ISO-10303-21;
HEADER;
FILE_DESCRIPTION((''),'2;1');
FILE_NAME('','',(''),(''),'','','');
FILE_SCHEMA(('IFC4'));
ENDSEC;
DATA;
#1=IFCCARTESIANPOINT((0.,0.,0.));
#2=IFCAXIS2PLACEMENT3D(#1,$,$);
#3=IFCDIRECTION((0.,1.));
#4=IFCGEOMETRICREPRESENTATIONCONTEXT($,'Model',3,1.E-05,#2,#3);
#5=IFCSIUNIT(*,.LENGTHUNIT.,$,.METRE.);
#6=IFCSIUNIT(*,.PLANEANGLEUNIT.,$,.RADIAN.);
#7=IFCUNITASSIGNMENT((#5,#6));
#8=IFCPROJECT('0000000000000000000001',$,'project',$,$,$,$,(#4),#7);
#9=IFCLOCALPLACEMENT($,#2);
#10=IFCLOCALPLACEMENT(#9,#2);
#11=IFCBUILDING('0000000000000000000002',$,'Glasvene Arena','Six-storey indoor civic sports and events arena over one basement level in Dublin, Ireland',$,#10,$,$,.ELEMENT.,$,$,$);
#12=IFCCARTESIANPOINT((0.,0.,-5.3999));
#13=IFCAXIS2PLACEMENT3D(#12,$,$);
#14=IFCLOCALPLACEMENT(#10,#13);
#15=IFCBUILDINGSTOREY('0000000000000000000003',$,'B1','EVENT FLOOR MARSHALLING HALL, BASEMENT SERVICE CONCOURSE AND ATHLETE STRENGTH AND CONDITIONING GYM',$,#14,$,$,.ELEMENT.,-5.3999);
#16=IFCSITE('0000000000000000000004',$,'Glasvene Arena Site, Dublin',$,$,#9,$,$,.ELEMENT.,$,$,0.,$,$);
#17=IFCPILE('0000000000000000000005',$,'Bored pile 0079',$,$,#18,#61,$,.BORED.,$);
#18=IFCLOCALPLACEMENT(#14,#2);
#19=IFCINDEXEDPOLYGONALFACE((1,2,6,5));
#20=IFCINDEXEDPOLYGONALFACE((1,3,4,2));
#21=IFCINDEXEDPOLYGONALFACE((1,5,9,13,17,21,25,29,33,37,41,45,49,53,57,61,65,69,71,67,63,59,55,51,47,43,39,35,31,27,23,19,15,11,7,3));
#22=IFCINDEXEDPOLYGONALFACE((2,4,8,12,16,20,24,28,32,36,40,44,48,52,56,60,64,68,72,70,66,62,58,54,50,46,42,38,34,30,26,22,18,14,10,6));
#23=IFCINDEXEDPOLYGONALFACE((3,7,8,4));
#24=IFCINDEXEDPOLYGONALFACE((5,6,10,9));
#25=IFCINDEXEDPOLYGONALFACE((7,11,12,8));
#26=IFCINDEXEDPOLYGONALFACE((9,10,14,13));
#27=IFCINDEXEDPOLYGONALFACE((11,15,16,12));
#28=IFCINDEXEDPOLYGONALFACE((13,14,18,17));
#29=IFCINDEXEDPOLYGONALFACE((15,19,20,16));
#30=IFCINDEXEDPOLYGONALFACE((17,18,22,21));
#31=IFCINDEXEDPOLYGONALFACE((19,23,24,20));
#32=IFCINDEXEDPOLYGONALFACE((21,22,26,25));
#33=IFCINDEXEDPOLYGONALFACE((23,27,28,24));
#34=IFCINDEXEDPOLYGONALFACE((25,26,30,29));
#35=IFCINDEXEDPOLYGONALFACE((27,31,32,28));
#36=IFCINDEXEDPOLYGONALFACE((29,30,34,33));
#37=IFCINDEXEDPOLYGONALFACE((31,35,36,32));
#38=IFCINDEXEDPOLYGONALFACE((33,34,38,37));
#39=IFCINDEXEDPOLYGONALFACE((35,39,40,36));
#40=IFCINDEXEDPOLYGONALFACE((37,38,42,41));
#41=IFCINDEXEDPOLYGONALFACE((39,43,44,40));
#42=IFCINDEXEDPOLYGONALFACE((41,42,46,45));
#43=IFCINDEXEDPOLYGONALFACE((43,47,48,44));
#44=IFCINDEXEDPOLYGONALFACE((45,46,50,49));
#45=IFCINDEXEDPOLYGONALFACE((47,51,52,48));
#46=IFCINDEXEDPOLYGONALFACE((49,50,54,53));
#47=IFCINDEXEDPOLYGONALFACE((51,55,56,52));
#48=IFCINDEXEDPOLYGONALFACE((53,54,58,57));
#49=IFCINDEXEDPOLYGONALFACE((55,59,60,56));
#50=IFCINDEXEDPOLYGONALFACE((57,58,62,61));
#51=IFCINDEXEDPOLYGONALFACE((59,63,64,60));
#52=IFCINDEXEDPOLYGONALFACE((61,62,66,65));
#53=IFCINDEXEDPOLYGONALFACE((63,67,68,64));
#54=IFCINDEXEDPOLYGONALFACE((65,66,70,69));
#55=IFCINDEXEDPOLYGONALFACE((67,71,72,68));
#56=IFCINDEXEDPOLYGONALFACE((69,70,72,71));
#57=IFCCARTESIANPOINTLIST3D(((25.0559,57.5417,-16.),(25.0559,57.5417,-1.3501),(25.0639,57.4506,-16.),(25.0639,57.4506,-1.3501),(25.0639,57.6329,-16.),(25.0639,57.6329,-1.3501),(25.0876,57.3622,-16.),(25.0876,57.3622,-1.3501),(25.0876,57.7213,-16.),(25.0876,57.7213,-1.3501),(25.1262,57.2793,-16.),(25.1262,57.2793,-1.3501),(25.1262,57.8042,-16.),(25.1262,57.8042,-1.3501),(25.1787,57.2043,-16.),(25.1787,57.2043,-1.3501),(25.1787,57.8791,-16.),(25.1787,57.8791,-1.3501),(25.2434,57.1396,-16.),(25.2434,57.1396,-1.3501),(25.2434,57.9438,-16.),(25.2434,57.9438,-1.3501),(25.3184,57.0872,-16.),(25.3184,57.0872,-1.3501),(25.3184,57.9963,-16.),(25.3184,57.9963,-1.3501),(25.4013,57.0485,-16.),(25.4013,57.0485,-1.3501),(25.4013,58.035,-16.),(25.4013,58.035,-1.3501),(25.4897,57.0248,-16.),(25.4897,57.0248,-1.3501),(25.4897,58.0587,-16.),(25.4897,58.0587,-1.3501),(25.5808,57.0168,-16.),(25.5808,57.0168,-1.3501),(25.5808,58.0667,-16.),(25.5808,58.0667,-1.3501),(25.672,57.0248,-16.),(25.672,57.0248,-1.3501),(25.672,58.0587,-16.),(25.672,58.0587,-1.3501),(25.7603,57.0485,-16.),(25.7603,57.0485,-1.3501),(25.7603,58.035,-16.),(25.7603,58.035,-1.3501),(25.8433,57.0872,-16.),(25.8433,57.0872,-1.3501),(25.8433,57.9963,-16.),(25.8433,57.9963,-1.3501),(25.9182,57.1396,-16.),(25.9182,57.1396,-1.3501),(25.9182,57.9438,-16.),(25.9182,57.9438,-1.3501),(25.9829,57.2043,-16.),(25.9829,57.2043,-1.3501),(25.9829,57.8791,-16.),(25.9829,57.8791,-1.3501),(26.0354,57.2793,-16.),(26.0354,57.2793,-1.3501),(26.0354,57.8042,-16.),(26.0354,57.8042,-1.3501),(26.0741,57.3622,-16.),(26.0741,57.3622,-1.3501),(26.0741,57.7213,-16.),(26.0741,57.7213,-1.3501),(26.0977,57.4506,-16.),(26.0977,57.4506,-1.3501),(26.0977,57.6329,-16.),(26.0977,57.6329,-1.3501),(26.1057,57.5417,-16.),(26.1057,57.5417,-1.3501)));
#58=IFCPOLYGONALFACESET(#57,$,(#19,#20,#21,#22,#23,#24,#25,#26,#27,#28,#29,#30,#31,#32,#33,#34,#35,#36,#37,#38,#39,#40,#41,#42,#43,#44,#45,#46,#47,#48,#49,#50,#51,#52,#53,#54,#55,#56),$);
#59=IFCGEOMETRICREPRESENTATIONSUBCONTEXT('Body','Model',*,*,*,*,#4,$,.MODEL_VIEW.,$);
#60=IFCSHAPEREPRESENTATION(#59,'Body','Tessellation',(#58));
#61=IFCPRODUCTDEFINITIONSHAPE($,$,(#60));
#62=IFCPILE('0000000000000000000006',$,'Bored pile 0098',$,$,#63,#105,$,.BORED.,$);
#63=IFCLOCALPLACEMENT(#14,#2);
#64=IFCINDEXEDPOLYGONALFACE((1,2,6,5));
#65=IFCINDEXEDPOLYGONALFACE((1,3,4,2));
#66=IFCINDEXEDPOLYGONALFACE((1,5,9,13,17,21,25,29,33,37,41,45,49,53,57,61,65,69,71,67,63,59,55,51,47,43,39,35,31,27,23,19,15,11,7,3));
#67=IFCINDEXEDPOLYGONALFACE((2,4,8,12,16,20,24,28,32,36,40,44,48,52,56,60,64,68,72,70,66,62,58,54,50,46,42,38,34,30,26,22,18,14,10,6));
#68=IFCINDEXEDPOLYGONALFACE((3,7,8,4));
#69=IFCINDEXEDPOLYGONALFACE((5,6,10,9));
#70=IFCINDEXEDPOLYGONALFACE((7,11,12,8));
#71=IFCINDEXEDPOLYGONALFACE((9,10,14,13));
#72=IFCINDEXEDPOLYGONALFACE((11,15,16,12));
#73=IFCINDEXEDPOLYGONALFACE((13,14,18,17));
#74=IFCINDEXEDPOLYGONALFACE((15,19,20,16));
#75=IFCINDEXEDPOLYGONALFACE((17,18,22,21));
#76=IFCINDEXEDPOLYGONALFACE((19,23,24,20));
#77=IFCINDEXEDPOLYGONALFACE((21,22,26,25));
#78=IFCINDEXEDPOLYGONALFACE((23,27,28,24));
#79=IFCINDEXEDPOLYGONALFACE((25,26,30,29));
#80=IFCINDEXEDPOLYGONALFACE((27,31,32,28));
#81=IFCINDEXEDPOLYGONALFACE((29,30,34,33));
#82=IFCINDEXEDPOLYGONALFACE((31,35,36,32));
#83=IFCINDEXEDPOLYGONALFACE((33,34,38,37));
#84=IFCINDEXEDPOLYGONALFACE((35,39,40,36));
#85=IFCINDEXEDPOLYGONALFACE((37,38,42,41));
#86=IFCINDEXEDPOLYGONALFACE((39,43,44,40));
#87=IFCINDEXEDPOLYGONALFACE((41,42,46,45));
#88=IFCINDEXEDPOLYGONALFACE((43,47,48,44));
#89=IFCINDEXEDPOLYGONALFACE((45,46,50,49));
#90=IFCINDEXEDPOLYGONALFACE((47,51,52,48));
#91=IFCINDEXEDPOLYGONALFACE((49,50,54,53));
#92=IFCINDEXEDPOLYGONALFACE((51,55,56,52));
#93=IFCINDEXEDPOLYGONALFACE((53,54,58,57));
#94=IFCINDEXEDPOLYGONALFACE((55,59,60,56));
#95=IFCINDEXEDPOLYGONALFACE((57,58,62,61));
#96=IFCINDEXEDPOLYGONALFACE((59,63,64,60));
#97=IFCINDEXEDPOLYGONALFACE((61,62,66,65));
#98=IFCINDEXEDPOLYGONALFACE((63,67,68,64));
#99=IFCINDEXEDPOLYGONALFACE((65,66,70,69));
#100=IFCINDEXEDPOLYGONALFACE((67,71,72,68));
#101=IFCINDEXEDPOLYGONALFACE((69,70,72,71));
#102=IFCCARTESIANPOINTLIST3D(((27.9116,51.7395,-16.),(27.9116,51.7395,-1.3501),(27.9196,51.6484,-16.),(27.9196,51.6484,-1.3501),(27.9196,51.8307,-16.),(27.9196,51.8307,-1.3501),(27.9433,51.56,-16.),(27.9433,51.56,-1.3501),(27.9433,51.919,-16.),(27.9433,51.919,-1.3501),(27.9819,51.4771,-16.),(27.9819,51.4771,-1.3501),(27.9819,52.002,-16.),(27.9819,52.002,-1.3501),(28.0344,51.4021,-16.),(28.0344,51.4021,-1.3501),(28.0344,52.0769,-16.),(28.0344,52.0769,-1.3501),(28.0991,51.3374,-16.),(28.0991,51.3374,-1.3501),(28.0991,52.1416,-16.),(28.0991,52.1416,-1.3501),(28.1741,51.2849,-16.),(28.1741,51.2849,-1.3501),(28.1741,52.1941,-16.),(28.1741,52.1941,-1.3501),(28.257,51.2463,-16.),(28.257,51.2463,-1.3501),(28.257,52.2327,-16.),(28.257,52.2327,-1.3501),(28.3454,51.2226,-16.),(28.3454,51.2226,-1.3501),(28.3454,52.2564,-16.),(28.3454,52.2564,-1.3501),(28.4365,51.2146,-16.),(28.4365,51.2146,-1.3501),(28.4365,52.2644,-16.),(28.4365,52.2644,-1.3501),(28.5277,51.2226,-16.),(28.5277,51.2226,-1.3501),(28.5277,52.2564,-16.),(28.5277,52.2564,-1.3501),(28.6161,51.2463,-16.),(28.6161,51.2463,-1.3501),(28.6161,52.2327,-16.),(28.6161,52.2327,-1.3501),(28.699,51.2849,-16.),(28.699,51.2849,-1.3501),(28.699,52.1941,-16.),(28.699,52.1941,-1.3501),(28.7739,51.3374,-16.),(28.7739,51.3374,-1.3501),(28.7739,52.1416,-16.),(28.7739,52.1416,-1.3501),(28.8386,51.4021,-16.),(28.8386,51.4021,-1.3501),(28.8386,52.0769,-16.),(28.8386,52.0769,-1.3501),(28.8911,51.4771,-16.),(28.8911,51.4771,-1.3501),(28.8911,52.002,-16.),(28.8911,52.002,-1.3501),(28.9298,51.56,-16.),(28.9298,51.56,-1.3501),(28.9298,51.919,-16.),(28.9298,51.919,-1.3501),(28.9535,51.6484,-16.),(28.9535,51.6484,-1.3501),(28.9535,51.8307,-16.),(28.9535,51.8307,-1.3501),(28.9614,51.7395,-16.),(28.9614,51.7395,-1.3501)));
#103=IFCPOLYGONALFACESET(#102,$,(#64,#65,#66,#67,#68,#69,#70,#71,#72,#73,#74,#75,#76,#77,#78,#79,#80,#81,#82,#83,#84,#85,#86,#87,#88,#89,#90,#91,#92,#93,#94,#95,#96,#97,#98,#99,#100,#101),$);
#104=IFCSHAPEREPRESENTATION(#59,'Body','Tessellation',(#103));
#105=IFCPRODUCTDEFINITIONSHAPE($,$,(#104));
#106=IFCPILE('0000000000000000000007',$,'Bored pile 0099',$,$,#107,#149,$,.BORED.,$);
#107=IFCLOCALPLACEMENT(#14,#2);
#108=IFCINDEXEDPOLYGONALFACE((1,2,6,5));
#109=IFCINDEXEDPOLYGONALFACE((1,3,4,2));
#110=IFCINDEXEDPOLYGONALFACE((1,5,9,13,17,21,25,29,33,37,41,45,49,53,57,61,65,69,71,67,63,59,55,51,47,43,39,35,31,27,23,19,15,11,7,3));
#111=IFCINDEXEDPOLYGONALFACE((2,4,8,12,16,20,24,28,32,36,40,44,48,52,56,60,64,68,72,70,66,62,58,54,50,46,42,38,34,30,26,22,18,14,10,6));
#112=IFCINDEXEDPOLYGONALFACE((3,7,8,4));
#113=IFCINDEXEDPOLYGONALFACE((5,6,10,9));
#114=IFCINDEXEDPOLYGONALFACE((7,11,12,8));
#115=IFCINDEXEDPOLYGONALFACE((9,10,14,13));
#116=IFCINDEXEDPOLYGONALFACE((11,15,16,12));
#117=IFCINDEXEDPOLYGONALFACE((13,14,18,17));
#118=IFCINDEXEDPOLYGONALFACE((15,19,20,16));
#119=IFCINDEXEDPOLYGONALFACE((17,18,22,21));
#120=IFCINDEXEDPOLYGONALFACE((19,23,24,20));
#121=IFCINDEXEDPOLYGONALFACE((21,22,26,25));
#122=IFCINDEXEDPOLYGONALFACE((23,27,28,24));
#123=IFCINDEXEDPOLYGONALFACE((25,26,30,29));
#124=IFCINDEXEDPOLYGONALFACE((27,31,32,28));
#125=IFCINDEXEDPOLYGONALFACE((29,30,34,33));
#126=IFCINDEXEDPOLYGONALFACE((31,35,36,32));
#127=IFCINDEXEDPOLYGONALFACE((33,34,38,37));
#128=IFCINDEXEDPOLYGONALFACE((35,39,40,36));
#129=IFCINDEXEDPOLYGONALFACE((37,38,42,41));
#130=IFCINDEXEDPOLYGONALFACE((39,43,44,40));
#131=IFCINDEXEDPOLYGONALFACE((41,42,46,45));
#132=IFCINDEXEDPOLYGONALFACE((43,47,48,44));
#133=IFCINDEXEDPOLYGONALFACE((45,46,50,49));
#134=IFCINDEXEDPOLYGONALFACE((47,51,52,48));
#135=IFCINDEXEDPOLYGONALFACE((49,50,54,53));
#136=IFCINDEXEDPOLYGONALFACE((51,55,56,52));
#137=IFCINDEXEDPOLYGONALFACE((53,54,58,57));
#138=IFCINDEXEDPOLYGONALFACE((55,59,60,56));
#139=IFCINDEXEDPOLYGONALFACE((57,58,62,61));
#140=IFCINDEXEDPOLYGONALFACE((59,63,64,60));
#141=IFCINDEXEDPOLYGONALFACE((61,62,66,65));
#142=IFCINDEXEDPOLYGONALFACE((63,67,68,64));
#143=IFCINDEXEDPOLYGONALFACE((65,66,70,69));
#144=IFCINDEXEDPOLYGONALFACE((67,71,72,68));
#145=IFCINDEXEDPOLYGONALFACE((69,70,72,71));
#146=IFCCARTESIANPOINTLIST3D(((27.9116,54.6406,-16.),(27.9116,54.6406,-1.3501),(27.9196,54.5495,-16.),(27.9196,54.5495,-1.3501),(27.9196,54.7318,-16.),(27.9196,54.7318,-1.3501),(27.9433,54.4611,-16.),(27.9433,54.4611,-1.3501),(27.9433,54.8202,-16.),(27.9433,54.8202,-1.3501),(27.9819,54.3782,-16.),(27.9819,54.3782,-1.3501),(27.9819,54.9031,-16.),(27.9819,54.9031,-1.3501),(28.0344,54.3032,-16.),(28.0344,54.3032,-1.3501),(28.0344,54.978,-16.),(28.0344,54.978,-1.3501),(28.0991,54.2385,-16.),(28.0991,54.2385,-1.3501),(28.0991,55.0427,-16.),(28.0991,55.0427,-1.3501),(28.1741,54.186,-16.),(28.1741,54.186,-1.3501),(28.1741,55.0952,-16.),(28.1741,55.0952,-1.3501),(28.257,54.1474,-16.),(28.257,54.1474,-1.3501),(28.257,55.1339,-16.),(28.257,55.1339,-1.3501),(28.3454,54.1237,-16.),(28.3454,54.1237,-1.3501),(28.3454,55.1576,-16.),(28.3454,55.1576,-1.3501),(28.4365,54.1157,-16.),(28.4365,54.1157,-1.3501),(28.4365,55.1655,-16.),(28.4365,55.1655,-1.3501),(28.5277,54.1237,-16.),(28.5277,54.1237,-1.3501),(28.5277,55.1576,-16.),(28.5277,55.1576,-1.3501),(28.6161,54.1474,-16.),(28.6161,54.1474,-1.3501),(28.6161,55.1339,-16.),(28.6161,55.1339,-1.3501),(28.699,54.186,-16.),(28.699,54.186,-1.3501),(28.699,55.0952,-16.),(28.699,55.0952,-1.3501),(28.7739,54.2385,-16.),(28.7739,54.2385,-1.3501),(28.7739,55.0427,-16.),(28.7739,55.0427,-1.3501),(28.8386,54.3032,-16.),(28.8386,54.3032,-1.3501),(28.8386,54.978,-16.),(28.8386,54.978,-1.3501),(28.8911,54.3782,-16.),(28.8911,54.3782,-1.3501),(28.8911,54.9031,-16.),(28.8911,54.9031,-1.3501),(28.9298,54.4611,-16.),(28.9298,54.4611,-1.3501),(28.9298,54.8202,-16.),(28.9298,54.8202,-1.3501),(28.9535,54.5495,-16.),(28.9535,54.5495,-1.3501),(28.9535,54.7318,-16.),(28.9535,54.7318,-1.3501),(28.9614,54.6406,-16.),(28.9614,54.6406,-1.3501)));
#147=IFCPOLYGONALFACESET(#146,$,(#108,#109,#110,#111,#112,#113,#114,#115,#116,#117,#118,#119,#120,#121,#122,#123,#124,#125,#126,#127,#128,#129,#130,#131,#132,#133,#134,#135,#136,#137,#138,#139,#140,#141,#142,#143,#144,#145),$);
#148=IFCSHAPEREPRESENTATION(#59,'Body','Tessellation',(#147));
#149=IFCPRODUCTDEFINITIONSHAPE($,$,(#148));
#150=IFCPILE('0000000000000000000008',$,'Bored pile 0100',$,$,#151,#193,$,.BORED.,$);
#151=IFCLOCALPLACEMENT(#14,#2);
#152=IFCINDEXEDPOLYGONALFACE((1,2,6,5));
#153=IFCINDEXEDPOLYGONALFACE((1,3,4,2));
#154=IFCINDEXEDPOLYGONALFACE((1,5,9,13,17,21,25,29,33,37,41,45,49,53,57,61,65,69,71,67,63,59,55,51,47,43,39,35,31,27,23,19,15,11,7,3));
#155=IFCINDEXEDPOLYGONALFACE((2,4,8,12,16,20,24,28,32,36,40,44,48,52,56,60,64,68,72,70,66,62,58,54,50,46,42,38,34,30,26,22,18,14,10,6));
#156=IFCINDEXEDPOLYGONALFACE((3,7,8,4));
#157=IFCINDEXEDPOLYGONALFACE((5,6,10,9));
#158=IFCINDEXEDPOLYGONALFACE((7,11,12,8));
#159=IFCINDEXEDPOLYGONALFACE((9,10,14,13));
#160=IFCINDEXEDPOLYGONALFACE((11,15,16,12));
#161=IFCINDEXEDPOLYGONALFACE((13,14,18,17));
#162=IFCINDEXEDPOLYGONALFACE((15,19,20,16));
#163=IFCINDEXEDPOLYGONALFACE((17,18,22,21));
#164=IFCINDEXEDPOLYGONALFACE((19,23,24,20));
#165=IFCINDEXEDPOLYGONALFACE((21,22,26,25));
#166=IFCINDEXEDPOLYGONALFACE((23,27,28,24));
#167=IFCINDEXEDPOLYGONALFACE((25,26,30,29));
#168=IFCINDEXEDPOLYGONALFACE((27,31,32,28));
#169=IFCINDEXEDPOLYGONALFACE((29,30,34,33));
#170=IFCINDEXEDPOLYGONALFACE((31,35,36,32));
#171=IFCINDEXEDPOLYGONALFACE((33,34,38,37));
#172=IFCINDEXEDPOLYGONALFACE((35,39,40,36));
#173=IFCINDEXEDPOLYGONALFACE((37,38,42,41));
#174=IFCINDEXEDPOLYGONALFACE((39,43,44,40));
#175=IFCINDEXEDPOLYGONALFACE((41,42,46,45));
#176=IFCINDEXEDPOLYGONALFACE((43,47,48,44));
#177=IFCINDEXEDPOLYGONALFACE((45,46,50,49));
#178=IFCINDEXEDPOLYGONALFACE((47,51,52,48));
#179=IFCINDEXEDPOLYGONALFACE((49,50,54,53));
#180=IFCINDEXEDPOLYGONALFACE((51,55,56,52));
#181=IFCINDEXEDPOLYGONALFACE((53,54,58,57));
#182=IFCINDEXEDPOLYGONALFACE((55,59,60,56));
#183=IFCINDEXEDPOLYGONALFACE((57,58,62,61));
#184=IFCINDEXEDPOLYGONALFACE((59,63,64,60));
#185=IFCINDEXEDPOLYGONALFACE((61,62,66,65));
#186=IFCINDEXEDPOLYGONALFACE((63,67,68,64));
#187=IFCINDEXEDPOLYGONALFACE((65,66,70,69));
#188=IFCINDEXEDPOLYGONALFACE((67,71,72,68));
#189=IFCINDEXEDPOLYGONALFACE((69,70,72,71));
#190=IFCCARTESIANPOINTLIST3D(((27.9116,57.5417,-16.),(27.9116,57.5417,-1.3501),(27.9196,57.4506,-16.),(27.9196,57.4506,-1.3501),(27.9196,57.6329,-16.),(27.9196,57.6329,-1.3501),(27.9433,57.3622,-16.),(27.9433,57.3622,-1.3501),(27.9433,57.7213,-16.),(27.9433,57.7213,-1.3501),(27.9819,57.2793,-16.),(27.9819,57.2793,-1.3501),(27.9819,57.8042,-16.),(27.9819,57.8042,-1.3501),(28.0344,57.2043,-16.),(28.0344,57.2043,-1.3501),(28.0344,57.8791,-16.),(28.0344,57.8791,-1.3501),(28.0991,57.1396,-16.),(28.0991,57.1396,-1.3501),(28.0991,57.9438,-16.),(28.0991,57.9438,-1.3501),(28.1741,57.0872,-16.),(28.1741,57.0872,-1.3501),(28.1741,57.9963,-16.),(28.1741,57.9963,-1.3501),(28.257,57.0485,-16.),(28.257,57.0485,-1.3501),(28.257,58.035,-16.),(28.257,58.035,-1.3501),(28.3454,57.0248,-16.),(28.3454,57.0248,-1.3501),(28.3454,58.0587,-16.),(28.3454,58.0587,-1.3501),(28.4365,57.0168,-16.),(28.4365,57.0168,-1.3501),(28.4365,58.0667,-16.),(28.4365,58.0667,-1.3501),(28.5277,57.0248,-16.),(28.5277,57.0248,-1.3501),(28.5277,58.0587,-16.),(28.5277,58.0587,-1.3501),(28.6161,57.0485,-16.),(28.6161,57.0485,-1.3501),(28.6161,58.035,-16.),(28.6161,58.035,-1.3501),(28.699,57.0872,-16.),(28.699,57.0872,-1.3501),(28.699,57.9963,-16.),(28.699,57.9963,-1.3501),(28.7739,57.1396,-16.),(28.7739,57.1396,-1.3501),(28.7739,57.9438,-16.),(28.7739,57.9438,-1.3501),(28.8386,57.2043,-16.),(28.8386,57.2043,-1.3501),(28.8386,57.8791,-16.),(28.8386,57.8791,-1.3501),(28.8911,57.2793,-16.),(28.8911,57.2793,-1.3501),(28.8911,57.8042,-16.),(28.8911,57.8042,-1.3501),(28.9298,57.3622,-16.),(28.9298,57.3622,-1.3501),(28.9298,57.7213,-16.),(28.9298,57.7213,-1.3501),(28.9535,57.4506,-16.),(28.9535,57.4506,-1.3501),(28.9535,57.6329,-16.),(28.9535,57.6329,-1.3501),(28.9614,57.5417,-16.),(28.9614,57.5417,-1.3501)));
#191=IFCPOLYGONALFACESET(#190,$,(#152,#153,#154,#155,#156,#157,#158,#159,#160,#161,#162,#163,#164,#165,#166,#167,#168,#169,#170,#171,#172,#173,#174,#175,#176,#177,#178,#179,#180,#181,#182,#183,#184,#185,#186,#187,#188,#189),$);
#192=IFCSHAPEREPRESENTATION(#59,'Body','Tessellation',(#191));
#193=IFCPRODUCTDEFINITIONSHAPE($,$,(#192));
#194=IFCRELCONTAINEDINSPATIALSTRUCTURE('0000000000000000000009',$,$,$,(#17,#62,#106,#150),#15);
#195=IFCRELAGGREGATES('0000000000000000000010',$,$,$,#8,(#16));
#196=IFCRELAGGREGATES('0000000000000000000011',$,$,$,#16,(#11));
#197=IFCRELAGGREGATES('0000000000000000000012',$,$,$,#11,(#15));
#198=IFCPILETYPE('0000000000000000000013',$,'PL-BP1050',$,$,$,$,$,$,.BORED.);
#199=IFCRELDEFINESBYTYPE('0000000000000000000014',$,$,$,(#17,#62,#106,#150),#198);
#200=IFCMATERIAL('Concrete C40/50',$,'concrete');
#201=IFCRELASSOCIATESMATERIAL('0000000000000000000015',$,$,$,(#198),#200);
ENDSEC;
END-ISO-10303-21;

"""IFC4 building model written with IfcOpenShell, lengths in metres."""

from ifc_helpers import new_model, si_unit, direction, frame, origin, origin_2d, place, context, subcontext, project, spatial, circle, extrude, material, material_profile, profile_set, type_object, element, save


model = new_model("IFC4")

# Units and contexts
model_context = context("Model", 3, precision=1e-05, world=origin(), true_north=direction((0.0, 1.0)))
body_context = subcontext(model_context, "Body", "Model", "MODEL_VIEW")
ifc_project = project(units=[si_unit("LENGTHUNIT", "METRE"), si_unit("PLANEANGLEUNIT", "RADIAN")], contexts=[model_context])

# Site, building, storey
site_placement = place(None, origin())
site = spatial("IfcSite", under=ifc_project, at=site_placement, Name="Glasvene Arena Site, Dublin", CompositionType="ELEMENT", RefElevation=0.0)
building_placement = place(site_placement, origin())
building = spatial("IfcBuilding", under=site, at=building_placement, Name="Glasvene Arena", Description="Six-storey indoor civic sports and events arena over one basement level in Dublin, Ireland", CompositionType="ELEMENT")
storey_placement = place(building_placement, frame((0.0, 0.0, -5.3999)))
storey = spatial("IfcBuildingStorey", under=building, at=storey_placement, Name="B1", Description="EVENT FLOOR MARSHALLING HALL, BASEMENT SERVICE CONCOURSE AND ATHLETE STRENGTH AND CONDITIONING GYM", CompositionType="ELEMENT", Elevation=-5.3999)

# Shared definitions
ifc_material_1 = material(Name="Concrete C40/50", Category="concrete")

# Piles
ifc_material_profile_1 = material_profile(ifc_material_1, circle(Radius=0.5249, at=origin_2d()), Name="BORED PILE 1050")
ifc_profile_set_1 = profile_set([ifc_material_profile_1], Name="Concrete C40/50")
pile_type = type_object("IfcPileType", Name="PL-BP1050", PredefinedType="BORED", material=ifc_profile_set_1)
for number, where, z_axis, x_axis, name in (
    (1, (25.5808, 57.5417, -1.3501), (0.0, 0.0, -1.0), (1.0, 0.0, 0.0), "Bored pile 0079"),
    (2, (28.4365, 51.7395, -1.3501), (0.0, 0.0, -1.0), (1.0, 0.0, 0.0), "Bored pile 0098"),
    (3, (28.4365, 54.6406, -1.3501), (0.0, 0.0, -1.0), (1.0, 0.0, 0.0), "Bored pile 0099"),
    (4, (28.4365, 57.5417, -1.3501), (0.0, 0.0, -1.0), (1.0, 0.0, 0.0), "Bored pile 0100"),
):
    element("IfcPile", number, at=place(storey_placement, frame(where, z_axis=z_axis, x_axis=x_axis)), inside=storey, type_object=pile_type, Name=name, PredefinedType="BORED", context=body_context, shape_type="SweptSolid", body=[
        extrude(circle(Radius=0.5249, at=origin_2d()), origin(), (0.0, 0.0, 1.0), 14.6499),
    ])

save(model, "model.ifc")
